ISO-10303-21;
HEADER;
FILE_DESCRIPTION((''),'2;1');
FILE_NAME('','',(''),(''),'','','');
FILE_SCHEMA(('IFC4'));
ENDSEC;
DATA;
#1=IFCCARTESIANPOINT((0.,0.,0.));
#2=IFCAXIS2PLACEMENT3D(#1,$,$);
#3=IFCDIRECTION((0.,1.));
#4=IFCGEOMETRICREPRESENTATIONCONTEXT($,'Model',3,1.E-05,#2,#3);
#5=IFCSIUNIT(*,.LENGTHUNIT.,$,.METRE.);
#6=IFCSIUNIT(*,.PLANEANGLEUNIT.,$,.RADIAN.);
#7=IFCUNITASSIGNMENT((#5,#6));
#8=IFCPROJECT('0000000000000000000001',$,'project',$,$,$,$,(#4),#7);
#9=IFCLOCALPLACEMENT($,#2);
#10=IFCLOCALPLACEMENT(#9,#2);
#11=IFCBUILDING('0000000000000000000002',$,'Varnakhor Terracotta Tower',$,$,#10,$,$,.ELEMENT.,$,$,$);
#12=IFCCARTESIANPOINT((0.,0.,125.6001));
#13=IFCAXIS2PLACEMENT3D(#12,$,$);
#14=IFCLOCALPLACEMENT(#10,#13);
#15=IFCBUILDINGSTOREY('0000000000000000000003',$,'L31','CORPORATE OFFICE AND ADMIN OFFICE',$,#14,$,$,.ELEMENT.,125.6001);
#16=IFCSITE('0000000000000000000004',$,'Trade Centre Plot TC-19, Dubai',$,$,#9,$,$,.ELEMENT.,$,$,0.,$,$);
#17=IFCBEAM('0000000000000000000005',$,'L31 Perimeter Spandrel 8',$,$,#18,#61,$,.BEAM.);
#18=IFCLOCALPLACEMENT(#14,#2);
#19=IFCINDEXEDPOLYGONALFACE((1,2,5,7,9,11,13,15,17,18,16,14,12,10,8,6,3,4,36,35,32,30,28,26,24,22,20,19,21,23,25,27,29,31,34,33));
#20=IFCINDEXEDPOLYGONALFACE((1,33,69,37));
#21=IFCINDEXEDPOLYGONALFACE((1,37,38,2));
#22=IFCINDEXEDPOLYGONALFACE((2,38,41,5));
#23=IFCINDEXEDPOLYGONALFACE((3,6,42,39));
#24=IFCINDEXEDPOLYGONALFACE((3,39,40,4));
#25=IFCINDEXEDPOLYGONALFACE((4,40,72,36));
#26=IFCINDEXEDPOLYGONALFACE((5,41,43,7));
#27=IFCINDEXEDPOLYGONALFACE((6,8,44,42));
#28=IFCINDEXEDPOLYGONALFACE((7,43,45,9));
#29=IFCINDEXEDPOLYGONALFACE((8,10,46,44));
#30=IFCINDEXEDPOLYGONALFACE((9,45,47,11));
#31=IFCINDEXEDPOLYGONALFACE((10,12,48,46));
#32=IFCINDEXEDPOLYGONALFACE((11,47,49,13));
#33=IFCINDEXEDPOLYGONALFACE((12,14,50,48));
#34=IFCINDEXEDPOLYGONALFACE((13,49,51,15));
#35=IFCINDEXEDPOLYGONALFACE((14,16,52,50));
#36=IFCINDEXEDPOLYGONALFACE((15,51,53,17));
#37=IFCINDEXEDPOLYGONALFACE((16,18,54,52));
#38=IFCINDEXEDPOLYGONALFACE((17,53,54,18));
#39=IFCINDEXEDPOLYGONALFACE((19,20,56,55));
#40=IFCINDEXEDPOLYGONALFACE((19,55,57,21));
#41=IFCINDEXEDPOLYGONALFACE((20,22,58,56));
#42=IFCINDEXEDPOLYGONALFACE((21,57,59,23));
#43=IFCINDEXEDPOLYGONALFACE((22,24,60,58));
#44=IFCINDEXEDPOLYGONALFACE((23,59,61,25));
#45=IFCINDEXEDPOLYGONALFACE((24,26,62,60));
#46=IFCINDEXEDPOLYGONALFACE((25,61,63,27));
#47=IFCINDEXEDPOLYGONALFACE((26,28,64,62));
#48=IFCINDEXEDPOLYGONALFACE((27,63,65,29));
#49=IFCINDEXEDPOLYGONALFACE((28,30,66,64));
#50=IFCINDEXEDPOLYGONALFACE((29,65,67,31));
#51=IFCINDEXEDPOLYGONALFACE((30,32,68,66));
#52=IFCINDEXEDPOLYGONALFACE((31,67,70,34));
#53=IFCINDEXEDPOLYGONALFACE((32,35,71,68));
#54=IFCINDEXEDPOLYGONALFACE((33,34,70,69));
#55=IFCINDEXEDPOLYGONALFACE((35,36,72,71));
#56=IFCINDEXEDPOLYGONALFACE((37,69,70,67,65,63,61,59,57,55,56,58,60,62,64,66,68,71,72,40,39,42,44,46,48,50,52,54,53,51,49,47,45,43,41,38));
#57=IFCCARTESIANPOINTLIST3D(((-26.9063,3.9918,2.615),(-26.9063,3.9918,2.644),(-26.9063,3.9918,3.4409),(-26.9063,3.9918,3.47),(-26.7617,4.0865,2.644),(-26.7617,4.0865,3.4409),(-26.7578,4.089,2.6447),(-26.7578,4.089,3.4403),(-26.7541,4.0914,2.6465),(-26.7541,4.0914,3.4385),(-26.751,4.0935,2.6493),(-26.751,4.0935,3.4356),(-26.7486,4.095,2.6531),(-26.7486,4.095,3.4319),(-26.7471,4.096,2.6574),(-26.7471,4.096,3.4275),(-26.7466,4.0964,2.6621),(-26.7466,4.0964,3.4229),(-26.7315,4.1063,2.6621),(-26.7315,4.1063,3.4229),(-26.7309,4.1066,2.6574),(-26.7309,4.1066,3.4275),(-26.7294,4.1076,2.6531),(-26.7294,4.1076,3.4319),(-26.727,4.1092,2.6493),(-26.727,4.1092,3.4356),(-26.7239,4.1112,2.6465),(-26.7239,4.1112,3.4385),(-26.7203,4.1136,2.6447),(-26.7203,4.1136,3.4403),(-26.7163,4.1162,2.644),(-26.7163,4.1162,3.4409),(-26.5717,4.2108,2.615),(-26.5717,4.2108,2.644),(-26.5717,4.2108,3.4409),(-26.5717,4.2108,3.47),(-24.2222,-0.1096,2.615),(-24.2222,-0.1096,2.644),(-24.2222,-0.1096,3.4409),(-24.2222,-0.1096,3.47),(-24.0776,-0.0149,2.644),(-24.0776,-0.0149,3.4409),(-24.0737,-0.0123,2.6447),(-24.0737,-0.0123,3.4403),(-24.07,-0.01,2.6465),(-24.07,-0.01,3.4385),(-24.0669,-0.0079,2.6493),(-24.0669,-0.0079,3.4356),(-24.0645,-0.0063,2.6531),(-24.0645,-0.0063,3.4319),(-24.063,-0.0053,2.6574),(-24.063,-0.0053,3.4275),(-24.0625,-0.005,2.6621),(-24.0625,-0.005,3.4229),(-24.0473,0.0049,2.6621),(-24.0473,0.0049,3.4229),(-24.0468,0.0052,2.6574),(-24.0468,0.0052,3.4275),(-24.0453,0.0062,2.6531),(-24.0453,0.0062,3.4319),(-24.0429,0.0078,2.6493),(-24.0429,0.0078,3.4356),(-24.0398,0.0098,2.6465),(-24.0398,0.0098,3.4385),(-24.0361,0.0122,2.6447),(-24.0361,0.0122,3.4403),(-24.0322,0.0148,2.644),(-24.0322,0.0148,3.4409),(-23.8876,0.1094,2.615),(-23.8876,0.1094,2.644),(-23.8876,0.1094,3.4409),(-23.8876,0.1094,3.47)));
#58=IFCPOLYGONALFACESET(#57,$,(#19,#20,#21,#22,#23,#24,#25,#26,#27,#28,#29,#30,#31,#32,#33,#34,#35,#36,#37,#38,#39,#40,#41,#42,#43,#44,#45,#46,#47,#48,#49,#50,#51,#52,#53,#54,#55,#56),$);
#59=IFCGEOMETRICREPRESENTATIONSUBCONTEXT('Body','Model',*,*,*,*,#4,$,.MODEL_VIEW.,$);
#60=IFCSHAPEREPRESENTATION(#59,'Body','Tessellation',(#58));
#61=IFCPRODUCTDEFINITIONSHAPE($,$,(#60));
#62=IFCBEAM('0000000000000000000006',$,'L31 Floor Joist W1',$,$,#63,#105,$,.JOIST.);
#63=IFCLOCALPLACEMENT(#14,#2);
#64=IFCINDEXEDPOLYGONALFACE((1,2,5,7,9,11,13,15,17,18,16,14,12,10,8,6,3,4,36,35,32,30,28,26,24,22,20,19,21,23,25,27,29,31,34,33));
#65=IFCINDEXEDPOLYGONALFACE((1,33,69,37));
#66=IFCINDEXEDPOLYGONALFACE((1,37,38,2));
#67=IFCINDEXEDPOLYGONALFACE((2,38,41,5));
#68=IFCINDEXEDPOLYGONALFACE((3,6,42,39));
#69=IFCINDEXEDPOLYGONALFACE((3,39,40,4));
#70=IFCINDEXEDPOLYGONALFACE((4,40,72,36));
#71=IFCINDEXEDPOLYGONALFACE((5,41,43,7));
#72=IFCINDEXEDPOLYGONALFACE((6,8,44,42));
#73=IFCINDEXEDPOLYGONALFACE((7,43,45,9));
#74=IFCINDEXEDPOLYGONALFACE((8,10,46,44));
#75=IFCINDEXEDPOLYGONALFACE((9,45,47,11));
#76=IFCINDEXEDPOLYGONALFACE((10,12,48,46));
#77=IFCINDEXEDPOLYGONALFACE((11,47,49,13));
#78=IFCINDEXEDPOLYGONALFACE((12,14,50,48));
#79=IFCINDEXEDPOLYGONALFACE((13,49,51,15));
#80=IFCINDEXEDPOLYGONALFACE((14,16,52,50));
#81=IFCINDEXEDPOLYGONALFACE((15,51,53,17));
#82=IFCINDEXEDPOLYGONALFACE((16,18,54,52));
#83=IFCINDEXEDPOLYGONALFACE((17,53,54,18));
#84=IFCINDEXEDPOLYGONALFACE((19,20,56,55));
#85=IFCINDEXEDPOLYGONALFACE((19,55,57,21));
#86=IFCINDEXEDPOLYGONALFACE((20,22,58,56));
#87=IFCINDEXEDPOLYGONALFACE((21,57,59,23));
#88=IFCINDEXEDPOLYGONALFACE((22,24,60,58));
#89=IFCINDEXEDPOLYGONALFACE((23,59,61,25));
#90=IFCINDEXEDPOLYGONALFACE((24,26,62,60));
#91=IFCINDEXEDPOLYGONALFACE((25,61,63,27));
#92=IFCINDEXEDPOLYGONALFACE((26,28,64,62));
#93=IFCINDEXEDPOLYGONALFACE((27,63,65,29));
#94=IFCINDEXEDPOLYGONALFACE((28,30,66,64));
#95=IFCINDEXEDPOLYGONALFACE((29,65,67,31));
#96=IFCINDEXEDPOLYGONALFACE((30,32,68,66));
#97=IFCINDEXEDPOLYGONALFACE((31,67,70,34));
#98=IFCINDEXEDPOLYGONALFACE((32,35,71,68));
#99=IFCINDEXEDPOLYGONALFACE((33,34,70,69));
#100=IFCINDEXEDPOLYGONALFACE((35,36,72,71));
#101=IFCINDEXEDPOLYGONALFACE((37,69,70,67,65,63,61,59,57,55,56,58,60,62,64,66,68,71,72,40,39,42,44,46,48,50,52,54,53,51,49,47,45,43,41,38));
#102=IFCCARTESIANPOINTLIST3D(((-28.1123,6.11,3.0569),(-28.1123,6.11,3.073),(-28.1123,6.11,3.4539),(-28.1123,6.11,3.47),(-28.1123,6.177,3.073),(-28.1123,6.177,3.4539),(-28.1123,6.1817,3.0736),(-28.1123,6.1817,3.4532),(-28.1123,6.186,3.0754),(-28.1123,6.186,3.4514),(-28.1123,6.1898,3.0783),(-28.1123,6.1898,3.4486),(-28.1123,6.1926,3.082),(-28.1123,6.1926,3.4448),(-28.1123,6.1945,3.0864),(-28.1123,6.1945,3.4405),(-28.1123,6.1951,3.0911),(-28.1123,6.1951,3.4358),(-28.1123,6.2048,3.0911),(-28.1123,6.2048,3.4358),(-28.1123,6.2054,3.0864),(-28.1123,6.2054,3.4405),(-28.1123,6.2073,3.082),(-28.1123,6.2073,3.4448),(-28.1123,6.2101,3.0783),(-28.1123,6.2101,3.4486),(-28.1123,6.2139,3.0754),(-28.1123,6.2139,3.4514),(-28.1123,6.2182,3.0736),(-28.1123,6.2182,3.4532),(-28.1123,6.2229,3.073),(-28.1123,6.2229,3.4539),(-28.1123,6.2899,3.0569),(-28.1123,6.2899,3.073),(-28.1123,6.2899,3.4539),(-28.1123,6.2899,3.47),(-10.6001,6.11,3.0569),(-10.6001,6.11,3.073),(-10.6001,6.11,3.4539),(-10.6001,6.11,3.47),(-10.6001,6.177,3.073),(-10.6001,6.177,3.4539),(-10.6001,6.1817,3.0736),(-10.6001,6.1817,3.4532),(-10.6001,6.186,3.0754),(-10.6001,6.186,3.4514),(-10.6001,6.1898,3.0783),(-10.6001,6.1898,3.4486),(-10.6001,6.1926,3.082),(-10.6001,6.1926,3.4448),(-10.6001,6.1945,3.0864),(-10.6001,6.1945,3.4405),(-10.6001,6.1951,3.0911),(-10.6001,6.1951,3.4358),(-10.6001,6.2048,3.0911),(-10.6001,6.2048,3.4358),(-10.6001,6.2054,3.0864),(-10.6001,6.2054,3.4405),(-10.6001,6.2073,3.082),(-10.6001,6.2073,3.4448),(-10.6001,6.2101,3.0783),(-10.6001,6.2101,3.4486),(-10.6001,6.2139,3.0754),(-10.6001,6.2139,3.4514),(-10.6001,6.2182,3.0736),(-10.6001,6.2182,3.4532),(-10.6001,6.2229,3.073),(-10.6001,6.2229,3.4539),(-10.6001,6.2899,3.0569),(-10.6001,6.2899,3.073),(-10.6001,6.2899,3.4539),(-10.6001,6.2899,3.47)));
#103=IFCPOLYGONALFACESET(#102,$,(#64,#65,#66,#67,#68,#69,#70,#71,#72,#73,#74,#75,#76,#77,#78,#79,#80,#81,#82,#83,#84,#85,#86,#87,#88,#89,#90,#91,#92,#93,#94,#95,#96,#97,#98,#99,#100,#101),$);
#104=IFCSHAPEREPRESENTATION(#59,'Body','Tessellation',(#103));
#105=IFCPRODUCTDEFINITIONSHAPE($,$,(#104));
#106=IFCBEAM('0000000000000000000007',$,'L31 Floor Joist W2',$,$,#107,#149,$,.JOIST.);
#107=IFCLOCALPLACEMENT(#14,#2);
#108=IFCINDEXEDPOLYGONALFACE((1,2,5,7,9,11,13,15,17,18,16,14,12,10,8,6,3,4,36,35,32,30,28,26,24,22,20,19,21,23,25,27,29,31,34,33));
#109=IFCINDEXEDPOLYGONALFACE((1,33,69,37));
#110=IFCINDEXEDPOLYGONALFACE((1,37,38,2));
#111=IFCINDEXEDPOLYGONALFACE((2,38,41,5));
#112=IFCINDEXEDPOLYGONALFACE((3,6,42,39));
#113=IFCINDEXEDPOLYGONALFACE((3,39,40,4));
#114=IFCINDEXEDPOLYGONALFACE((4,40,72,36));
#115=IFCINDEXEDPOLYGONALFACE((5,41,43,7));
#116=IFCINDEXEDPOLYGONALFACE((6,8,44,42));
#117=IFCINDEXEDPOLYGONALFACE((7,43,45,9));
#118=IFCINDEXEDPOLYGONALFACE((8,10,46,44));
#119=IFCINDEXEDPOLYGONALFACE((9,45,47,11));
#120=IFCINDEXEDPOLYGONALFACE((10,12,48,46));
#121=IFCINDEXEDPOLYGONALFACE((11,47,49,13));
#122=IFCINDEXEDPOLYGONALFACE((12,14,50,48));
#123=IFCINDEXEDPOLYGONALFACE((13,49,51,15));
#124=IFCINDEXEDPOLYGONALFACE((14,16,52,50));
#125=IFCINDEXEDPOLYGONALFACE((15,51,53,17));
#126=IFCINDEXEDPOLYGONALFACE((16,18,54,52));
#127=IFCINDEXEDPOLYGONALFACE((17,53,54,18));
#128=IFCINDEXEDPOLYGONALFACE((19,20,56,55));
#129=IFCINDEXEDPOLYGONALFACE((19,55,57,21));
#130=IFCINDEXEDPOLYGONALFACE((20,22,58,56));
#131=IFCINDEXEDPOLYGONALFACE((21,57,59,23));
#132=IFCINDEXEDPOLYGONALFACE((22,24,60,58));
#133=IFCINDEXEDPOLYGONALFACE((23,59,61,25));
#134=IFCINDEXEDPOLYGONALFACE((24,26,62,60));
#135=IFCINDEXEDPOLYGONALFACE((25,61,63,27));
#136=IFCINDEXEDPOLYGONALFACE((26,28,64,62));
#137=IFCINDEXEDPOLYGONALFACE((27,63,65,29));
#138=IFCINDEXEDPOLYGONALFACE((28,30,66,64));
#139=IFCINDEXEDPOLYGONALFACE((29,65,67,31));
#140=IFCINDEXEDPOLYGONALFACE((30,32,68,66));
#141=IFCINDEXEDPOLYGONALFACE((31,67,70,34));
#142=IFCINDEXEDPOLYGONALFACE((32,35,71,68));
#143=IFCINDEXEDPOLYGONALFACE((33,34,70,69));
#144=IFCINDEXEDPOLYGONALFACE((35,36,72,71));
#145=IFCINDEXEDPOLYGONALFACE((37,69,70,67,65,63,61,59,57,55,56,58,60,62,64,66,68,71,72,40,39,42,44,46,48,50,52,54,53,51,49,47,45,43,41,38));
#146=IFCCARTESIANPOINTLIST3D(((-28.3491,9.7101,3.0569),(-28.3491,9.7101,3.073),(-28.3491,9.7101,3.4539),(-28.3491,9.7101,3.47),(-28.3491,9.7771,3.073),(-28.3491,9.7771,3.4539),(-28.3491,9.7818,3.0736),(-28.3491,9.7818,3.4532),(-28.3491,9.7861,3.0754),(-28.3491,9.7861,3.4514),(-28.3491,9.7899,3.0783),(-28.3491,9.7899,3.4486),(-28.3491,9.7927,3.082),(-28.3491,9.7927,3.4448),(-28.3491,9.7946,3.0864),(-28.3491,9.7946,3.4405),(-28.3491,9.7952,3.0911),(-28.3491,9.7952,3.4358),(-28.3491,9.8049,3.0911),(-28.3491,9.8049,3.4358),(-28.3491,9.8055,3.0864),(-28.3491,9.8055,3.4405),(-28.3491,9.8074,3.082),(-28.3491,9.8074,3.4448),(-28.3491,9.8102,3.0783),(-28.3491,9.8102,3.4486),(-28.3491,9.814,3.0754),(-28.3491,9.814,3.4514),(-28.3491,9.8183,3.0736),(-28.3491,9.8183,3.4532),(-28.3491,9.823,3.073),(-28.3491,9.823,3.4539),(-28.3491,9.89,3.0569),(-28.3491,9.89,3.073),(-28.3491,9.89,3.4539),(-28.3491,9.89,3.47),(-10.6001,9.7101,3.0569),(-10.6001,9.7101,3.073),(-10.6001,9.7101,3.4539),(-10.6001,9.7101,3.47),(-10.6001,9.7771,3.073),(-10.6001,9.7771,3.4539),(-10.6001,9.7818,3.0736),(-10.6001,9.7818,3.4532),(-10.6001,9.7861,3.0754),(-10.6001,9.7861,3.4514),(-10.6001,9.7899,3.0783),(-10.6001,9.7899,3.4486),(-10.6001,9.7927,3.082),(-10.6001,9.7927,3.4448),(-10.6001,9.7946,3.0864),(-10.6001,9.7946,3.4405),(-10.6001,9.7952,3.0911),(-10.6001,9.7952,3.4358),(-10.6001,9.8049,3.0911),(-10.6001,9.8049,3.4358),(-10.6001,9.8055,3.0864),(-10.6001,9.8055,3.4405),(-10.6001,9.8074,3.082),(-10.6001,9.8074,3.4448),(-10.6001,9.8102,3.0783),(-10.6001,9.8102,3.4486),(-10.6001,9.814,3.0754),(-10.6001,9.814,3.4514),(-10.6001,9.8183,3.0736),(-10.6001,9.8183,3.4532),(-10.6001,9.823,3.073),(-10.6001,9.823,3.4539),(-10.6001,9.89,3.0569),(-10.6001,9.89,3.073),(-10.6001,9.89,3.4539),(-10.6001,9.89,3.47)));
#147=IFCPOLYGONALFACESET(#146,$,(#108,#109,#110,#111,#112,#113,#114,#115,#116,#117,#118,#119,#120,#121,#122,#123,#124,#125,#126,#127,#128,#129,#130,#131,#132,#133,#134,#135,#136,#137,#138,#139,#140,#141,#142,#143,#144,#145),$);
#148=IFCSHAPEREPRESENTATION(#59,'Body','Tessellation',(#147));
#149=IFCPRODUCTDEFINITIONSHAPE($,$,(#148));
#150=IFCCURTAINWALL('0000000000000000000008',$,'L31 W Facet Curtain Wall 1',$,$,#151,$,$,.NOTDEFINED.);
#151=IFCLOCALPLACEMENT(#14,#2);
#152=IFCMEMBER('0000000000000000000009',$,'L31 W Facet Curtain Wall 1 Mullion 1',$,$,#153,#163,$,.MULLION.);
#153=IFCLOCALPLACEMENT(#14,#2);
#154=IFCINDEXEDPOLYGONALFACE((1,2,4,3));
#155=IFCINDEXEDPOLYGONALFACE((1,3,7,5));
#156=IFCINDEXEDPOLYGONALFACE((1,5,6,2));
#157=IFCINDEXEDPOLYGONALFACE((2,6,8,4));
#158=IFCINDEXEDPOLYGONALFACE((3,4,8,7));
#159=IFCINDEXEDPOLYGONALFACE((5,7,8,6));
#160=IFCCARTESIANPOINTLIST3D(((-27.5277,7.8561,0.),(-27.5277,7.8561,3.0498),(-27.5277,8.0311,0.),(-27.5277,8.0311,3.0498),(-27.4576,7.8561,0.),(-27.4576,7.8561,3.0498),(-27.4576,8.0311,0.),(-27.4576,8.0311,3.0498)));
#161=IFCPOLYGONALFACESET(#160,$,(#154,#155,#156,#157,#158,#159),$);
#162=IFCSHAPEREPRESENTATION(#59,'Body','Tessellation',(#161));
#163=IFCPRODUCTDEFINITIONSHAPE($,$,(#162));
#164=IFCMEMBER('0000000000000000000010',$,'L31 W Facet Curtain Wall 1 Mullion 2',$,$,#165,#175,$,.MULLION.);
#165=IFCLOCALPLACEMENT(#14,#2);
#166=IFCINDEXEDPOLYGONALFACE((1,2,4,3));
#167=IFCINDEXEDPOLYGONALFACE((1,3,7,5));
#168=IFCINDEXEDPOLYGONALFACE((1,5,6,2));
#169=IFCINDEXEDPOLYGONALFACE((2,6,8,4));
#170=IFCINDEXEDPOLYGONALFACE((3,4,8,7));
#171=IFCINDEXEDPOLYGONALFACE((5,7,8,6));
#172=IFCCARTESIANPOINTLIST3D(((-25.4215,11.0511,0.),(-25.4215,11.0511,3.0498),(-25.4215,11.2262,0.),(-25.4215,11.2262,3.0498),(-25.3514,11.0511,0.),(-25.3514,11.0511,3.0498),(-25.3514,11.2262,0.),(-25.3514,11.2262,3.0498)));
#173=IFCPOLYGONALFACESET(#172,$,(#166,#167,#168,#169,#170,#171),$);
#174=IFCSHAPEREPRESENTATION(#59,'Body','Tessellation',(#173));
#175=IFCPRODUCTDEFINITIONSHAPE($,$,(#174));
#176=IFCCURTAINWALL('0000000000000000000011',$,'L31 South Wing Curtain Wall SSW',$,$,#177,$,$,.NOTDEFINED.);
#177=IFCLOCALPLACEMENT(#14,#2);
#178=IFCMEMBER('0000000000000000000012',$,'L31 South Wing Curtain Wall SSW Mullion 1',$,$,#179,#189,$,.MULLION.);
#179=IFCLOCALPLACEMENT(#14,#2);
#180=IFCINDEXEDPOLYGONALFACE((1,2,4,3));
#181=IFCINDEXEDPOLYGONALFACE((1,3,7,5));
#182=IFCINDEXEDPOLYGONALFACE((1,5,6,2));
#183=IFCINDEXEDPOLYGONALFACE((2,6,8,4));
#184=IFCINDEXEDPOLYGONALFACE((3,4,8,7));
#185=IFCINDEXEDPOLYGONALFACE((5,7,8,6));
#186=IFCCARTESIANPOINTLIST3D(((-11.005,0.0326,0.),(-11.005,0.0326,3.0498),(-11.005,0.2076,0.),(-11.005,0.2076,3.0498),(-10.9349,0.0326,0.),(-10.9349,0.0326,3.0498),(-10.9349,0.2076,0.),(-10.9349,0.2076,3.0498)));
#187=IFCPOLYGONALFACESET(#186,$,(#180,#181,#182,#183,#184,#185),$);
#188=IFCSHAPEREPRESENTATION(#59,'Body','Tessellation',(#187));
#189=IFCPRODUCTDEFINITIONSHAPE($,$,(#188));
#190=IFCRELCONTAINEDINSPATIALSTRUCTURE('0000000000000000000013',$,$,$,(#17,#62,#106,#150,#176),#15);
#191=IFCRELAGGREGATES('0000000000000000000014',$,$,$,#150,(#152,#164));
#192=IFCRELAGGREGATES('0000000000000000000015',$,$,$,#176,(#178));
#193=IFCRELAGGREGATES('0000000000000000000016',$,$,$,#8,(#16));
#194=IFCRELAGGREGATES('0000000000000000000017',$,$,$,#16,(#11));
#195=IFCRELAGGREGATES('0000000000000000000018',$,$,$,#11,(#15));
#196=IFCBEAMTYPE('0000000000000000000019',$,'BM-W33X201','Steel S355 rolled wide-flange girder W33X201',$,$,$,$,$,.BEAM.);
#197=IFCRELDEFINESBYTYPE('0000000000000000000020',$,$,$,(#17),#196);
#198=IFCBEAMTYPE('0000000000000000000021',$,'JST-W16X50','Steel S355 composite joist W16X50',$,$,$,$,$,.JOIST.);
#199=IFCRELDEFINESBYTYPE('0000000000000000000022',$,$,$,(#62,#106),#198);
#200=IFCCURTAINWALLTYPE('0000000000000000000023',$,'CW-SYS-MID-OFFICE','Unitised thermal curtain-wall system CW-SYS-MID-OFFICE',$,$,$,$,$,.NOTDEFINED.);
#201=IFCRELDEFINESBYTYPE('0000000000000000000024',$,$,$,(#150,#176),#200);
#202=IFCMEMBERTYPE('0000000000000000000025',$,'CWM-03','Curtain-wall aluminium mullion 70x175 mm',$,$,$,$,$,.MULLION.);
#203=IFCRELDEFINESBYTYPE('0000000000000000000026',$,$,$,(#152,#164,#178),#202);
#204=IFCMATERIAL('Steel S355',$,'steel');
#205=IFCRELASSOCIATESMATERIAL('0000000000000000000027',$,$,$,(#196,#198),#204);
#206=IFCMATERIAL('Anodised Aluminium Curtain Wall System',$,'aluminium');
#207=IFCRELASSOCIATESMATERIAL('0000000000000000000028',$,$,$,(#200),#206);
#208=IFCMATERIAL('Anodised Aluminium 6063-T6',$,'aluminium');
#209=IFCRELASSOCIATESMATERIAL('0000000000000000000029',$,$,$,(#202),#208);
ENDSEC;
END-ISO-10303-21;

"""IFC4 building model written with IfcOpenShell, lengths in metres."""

from ifc_helpers import new_model, si_unit, direction, frame, origin, origin_2d, place, context, subcontext, project, spatial, rectangle, i_section, extrude, source, transform, mapped, material, material_profile, profile_set, type_object, type_shapes, element, aggregate, save


model = new_model("IFC4")

# Units and contexts
model_context = context("Model", 3, precision=1e-05, world=origin(), true_north=direction((0.0, 1.0)))
body_context = subcontext(model_context, "Body", "Model", "MODEL_VIEW")
ifc_project = project(units=[si_unit("LENGTHUNIT", "METRE"), si_unit("PLANEANGLEUNIT", "RADIAN")], contexts=[model_context])

# Site, building, storey
site_placement = place(None, origin())
site = spatial("IfcSite", under=ifc_project, at=site_placement, Name="Trade Centre Plot TC-19, Dubai", CompositionType="ELEMENT", RefElevation=0.0)
building_placement = place(site_placement, origin())
building = spatial("IfcBuilding", under=site, at=building_placement, Name="Varnakhor Terracotta Tower", CompositionType="ELEMENT")
storey_placement = place(building_placement, frame((0.0, 0.0, 125.6001)))
storey = spatial("IfcBuildingStorey", under=building, at=storey_placement, Name="L31", Description="CORPORATE OFFICE AND ADMIN OFFICE", CompositionType="ELEMENT", Elevation=125.6001)

# Beams
ifc_material_1 = material(Name="Steel S355", Category="steel")
ifc_material_profile_1 = material_profile(ifc_material_1, i_section(OverallWidth=0.3999, OverallDepth=0.855, WebThickness=0.0181, FlangeThickness=0.0291, FilletRadius=0.0181, at=origin_2d()), Name="W33X201")
ifc_profile_set_1 = profile_set([ifc_material_profile_1], Name="Steel S355")
beam_type_1 = type_object("IfcBeamType", Name="BM-W33X201", Description="Steel S355 rolled wide-flange girder W33X201", PredefinedType="BEAM", material=ifc_profile_set_1)
shared_shape_1 = source(origin(), body_context, "Body", "SweptSolid", [
    extrude(i_section(OverallWidth=0.3999, OverallDepth=0.855, WebThickness=0.0181, FlangeThickness=0.0291, FilletRadius=0.0181, at=origin_2d()), origin(), (0.0, 0.0, 1.0), 4.9016),
])
beam_1_placement = place(storey_placement, frame((-26.739, 4.1013, 3.0425), z_axis=(0.5476, -0.836741, 0.0), x_axis=(0.836741, 0.5476, 0.0)))
element("IfcBeam", 1, at=beam_1_placement, inside=storey, type_object=beam_type_1, Name="L31 Perimeter Spandrel 8", PredefinedType="BEAM", context=body_context, shape_type="MappedRepresentation", body=[
    mapped(shared_shape_1, transform((0.0, 0.0, 0.0), scale=1.0)),
])
ifc_material_profile_2 = material_profile(ifc_material_1, i_section(OverallWidth=0.1799, OverallDepth=0.4131, WebThickness=0.0098, FlangeThickness=0.0161, FilletRadius=0.0181, at=origin_2d()), Name="W16X50")
ifc_profile_set_2 = profile_set([ifc_material_profile_2], Name="Steel S355")
beam_type_2 = type_object("IfcBeamType", Name="JST-W16X50", Description="Steel S355 composite joist W16X50", PredefinedType="JOIST", material=ifc_profile_set_2)
shared_shape_2 = source(origin(), body_context, "Body", "SweptSolid", [
    extrude(i_section(OverallWidth=0.1799, OverallDepth=0.4131, WebThickness=0.0098, FlangeThickness=0.0161, FilletRadius=0.0181, at=origin_2d()), origin(), (0.0, 0.0, 1.0), 17.5122),
])
beam_2_placement = place(storey_placement, frame((-28.1123, 6.2, 3.2634), z_axis=(1.0, 0.0, 0.0), x_axis=(0.0, 1.0, 0.0)))
element("IfcBeam", 2, at=beam_2_placement, inside=storey, type_object=beam_type_2, Name="L31 Floor Joist W1", PredefinedType="JOIST", context=body_context, shape_type="MappedRepresentation", body=[
    mapped(shared_shape_2, transform((0.0, 0.0, 0.0), scale=1.0)),
])
shared_shape_3 = source(origin(), body_context, "Body", "SweptSolid", [
    extrude(i_section(OverallWidth=0.1799, OverallDepth=0.4131, WebThickness=0.0098, FlangeThickness=0.0161, FilletRadius=0.0181, at=origin_2d()), origin(), (0.0, 0.0, 1.0), 17.749),
])
beam_3_placement = place(storey_placement, frame((-28.3491, 9.8, 3.2634), z_axis=(1.0, 0.0, 0.0), x_axis=(0.0, 1.0, 0.0)))
element("IfcBeam", 3, at=beam_3_placement, inside=storey, type_object=beam_type_2, Name="L31 Floor Joist W2", PredefinedType="JOIST", context=body_context, shape_type="MappedRepresentation", body=[
    mapped(shared_shape_3, transform((0.0, 0.0, 0.0), scale=1.0)),
])

# Curtain walls, members
ifc_material_2 = material(Name="Anodised Aluminium Curtain Wall System", Category="aluminium")
curtain_wall_type = type_object("IfcCurtainWallType", Name="CW-SYS-MID-OFFICE", Description="Unitised thermal curtain-wall system CW-SYS-MID-OFFICE", PredefinedType="NOTDEFINED", material=ifc_material_2)
curtain_wall_1_placement = place(storey_placement, origin())
curtain_wall_1 = element("IfcCurtainWall", 4, at=curtain_wall_1_placement, inside=storey, type_object=curtain_wall_type, Name="L31 W Facet Curtain Wall 1", PredefinedType="NOTDEFINED")
ifc_material_3 = material(Name="Anodised Aluminium 6063-T6", Category="aluminium")
ifc_material_profile_3 = material_profile(ifc_material_3, rectangle(XDim=0.0701, YDim=0.175, at=origin_2d()), Name="ALU MULLION 70x175")
ifc_profile_set_3 = profile_set([ifc_material_profile_3], Name="Anodised Aluminium 6063-T6")
member_type_1 = type_object("IfcMemberType", Name="CWM-03", Description="Curtain-wall aluminium mullion 70x175 mm", PredefinedType="MULLION", material=ifc_profile_set_3)
shared_shape_4 = source(origin(), body_context, "Body", "SweptSolid", [
    extrude(rectangle(XDim=0.0701, YDim=0.175, at=origin_2d()), origin(), (0.0, 0.0, 1.0), 3.0498),
])
type_shapes(member_type_1, [shared_shape_4])
member_1_placement = place(storey_placement, frame((-27.4927, 7.9436, 0.0), z_axis=(0.0, 0.0, 1.0), x_axis=(1.0, 0.0, 0.0)))
member_1 = element("IfcMember", 5, at=member_1_placement, type_object=member_type_1, Name="L31 W Facet Curtain Wall 1 Mullion 1", PredefinedType="MULLION", context=body_context, shape_type="MappedRepresentation", body=[
    mapped(shared_shape_4, transform((0.0, 0.0, 0.0), scale=1.0)),
])
member_2_placement = place(storey_placement, frame((-25.3865, 11.1387, 0.0), z_axis=(0.0, 0.0, 1.0), x_axis=(1.0, 0.0, 0.0)))
member_2 = element("IfcMember", 6, at=member_2_placement, type_object=member_type_1, Name="L31 W Facet Curtain Wall 1 Mullion 2", PredefinedType="MULLION", context=body_context, shape_type="MappedRepresentation", body=[
    mapped(shared_shape_4, transform((0.0, 0.0, 0.0), scale=1.0)),
])
curtain_wall_2_placement = place(storey_placement, origin())
curtain_wall_2 = element("IfcCurtainWall", 7, at=curtain_wall_2_placement, inside=storey, type_object=curtain_wall_type, Name="L31 South Wing Curtain Wall SSW", PredefinedType="NOTDEFINED")
member_3_placement = place(storey_placement, frame((-10.97, 0.1201, 0.0), z_axis=(0.0, 0.0, 1.0), x_axis=(1.0, 0.0, 0.0)))
member_3 = element("IfcMember", 8, at=member_3_placement, type_object=member_type_1, Name="L31 South Wing Curtain Wall SSW Mullion 1", PredefinedType="MULLION", context=body_context, shape_type="MappedRepresentation", body=[
    mapped(shared_shape_4, transform((0.0, 0.0, 0.0), scale=1.0)),
])

aggregate(curtain_wall_1, [member_1, member_2])
aggregate(curtain_wall_2, [member_3])

save(model, "model.ifc")
